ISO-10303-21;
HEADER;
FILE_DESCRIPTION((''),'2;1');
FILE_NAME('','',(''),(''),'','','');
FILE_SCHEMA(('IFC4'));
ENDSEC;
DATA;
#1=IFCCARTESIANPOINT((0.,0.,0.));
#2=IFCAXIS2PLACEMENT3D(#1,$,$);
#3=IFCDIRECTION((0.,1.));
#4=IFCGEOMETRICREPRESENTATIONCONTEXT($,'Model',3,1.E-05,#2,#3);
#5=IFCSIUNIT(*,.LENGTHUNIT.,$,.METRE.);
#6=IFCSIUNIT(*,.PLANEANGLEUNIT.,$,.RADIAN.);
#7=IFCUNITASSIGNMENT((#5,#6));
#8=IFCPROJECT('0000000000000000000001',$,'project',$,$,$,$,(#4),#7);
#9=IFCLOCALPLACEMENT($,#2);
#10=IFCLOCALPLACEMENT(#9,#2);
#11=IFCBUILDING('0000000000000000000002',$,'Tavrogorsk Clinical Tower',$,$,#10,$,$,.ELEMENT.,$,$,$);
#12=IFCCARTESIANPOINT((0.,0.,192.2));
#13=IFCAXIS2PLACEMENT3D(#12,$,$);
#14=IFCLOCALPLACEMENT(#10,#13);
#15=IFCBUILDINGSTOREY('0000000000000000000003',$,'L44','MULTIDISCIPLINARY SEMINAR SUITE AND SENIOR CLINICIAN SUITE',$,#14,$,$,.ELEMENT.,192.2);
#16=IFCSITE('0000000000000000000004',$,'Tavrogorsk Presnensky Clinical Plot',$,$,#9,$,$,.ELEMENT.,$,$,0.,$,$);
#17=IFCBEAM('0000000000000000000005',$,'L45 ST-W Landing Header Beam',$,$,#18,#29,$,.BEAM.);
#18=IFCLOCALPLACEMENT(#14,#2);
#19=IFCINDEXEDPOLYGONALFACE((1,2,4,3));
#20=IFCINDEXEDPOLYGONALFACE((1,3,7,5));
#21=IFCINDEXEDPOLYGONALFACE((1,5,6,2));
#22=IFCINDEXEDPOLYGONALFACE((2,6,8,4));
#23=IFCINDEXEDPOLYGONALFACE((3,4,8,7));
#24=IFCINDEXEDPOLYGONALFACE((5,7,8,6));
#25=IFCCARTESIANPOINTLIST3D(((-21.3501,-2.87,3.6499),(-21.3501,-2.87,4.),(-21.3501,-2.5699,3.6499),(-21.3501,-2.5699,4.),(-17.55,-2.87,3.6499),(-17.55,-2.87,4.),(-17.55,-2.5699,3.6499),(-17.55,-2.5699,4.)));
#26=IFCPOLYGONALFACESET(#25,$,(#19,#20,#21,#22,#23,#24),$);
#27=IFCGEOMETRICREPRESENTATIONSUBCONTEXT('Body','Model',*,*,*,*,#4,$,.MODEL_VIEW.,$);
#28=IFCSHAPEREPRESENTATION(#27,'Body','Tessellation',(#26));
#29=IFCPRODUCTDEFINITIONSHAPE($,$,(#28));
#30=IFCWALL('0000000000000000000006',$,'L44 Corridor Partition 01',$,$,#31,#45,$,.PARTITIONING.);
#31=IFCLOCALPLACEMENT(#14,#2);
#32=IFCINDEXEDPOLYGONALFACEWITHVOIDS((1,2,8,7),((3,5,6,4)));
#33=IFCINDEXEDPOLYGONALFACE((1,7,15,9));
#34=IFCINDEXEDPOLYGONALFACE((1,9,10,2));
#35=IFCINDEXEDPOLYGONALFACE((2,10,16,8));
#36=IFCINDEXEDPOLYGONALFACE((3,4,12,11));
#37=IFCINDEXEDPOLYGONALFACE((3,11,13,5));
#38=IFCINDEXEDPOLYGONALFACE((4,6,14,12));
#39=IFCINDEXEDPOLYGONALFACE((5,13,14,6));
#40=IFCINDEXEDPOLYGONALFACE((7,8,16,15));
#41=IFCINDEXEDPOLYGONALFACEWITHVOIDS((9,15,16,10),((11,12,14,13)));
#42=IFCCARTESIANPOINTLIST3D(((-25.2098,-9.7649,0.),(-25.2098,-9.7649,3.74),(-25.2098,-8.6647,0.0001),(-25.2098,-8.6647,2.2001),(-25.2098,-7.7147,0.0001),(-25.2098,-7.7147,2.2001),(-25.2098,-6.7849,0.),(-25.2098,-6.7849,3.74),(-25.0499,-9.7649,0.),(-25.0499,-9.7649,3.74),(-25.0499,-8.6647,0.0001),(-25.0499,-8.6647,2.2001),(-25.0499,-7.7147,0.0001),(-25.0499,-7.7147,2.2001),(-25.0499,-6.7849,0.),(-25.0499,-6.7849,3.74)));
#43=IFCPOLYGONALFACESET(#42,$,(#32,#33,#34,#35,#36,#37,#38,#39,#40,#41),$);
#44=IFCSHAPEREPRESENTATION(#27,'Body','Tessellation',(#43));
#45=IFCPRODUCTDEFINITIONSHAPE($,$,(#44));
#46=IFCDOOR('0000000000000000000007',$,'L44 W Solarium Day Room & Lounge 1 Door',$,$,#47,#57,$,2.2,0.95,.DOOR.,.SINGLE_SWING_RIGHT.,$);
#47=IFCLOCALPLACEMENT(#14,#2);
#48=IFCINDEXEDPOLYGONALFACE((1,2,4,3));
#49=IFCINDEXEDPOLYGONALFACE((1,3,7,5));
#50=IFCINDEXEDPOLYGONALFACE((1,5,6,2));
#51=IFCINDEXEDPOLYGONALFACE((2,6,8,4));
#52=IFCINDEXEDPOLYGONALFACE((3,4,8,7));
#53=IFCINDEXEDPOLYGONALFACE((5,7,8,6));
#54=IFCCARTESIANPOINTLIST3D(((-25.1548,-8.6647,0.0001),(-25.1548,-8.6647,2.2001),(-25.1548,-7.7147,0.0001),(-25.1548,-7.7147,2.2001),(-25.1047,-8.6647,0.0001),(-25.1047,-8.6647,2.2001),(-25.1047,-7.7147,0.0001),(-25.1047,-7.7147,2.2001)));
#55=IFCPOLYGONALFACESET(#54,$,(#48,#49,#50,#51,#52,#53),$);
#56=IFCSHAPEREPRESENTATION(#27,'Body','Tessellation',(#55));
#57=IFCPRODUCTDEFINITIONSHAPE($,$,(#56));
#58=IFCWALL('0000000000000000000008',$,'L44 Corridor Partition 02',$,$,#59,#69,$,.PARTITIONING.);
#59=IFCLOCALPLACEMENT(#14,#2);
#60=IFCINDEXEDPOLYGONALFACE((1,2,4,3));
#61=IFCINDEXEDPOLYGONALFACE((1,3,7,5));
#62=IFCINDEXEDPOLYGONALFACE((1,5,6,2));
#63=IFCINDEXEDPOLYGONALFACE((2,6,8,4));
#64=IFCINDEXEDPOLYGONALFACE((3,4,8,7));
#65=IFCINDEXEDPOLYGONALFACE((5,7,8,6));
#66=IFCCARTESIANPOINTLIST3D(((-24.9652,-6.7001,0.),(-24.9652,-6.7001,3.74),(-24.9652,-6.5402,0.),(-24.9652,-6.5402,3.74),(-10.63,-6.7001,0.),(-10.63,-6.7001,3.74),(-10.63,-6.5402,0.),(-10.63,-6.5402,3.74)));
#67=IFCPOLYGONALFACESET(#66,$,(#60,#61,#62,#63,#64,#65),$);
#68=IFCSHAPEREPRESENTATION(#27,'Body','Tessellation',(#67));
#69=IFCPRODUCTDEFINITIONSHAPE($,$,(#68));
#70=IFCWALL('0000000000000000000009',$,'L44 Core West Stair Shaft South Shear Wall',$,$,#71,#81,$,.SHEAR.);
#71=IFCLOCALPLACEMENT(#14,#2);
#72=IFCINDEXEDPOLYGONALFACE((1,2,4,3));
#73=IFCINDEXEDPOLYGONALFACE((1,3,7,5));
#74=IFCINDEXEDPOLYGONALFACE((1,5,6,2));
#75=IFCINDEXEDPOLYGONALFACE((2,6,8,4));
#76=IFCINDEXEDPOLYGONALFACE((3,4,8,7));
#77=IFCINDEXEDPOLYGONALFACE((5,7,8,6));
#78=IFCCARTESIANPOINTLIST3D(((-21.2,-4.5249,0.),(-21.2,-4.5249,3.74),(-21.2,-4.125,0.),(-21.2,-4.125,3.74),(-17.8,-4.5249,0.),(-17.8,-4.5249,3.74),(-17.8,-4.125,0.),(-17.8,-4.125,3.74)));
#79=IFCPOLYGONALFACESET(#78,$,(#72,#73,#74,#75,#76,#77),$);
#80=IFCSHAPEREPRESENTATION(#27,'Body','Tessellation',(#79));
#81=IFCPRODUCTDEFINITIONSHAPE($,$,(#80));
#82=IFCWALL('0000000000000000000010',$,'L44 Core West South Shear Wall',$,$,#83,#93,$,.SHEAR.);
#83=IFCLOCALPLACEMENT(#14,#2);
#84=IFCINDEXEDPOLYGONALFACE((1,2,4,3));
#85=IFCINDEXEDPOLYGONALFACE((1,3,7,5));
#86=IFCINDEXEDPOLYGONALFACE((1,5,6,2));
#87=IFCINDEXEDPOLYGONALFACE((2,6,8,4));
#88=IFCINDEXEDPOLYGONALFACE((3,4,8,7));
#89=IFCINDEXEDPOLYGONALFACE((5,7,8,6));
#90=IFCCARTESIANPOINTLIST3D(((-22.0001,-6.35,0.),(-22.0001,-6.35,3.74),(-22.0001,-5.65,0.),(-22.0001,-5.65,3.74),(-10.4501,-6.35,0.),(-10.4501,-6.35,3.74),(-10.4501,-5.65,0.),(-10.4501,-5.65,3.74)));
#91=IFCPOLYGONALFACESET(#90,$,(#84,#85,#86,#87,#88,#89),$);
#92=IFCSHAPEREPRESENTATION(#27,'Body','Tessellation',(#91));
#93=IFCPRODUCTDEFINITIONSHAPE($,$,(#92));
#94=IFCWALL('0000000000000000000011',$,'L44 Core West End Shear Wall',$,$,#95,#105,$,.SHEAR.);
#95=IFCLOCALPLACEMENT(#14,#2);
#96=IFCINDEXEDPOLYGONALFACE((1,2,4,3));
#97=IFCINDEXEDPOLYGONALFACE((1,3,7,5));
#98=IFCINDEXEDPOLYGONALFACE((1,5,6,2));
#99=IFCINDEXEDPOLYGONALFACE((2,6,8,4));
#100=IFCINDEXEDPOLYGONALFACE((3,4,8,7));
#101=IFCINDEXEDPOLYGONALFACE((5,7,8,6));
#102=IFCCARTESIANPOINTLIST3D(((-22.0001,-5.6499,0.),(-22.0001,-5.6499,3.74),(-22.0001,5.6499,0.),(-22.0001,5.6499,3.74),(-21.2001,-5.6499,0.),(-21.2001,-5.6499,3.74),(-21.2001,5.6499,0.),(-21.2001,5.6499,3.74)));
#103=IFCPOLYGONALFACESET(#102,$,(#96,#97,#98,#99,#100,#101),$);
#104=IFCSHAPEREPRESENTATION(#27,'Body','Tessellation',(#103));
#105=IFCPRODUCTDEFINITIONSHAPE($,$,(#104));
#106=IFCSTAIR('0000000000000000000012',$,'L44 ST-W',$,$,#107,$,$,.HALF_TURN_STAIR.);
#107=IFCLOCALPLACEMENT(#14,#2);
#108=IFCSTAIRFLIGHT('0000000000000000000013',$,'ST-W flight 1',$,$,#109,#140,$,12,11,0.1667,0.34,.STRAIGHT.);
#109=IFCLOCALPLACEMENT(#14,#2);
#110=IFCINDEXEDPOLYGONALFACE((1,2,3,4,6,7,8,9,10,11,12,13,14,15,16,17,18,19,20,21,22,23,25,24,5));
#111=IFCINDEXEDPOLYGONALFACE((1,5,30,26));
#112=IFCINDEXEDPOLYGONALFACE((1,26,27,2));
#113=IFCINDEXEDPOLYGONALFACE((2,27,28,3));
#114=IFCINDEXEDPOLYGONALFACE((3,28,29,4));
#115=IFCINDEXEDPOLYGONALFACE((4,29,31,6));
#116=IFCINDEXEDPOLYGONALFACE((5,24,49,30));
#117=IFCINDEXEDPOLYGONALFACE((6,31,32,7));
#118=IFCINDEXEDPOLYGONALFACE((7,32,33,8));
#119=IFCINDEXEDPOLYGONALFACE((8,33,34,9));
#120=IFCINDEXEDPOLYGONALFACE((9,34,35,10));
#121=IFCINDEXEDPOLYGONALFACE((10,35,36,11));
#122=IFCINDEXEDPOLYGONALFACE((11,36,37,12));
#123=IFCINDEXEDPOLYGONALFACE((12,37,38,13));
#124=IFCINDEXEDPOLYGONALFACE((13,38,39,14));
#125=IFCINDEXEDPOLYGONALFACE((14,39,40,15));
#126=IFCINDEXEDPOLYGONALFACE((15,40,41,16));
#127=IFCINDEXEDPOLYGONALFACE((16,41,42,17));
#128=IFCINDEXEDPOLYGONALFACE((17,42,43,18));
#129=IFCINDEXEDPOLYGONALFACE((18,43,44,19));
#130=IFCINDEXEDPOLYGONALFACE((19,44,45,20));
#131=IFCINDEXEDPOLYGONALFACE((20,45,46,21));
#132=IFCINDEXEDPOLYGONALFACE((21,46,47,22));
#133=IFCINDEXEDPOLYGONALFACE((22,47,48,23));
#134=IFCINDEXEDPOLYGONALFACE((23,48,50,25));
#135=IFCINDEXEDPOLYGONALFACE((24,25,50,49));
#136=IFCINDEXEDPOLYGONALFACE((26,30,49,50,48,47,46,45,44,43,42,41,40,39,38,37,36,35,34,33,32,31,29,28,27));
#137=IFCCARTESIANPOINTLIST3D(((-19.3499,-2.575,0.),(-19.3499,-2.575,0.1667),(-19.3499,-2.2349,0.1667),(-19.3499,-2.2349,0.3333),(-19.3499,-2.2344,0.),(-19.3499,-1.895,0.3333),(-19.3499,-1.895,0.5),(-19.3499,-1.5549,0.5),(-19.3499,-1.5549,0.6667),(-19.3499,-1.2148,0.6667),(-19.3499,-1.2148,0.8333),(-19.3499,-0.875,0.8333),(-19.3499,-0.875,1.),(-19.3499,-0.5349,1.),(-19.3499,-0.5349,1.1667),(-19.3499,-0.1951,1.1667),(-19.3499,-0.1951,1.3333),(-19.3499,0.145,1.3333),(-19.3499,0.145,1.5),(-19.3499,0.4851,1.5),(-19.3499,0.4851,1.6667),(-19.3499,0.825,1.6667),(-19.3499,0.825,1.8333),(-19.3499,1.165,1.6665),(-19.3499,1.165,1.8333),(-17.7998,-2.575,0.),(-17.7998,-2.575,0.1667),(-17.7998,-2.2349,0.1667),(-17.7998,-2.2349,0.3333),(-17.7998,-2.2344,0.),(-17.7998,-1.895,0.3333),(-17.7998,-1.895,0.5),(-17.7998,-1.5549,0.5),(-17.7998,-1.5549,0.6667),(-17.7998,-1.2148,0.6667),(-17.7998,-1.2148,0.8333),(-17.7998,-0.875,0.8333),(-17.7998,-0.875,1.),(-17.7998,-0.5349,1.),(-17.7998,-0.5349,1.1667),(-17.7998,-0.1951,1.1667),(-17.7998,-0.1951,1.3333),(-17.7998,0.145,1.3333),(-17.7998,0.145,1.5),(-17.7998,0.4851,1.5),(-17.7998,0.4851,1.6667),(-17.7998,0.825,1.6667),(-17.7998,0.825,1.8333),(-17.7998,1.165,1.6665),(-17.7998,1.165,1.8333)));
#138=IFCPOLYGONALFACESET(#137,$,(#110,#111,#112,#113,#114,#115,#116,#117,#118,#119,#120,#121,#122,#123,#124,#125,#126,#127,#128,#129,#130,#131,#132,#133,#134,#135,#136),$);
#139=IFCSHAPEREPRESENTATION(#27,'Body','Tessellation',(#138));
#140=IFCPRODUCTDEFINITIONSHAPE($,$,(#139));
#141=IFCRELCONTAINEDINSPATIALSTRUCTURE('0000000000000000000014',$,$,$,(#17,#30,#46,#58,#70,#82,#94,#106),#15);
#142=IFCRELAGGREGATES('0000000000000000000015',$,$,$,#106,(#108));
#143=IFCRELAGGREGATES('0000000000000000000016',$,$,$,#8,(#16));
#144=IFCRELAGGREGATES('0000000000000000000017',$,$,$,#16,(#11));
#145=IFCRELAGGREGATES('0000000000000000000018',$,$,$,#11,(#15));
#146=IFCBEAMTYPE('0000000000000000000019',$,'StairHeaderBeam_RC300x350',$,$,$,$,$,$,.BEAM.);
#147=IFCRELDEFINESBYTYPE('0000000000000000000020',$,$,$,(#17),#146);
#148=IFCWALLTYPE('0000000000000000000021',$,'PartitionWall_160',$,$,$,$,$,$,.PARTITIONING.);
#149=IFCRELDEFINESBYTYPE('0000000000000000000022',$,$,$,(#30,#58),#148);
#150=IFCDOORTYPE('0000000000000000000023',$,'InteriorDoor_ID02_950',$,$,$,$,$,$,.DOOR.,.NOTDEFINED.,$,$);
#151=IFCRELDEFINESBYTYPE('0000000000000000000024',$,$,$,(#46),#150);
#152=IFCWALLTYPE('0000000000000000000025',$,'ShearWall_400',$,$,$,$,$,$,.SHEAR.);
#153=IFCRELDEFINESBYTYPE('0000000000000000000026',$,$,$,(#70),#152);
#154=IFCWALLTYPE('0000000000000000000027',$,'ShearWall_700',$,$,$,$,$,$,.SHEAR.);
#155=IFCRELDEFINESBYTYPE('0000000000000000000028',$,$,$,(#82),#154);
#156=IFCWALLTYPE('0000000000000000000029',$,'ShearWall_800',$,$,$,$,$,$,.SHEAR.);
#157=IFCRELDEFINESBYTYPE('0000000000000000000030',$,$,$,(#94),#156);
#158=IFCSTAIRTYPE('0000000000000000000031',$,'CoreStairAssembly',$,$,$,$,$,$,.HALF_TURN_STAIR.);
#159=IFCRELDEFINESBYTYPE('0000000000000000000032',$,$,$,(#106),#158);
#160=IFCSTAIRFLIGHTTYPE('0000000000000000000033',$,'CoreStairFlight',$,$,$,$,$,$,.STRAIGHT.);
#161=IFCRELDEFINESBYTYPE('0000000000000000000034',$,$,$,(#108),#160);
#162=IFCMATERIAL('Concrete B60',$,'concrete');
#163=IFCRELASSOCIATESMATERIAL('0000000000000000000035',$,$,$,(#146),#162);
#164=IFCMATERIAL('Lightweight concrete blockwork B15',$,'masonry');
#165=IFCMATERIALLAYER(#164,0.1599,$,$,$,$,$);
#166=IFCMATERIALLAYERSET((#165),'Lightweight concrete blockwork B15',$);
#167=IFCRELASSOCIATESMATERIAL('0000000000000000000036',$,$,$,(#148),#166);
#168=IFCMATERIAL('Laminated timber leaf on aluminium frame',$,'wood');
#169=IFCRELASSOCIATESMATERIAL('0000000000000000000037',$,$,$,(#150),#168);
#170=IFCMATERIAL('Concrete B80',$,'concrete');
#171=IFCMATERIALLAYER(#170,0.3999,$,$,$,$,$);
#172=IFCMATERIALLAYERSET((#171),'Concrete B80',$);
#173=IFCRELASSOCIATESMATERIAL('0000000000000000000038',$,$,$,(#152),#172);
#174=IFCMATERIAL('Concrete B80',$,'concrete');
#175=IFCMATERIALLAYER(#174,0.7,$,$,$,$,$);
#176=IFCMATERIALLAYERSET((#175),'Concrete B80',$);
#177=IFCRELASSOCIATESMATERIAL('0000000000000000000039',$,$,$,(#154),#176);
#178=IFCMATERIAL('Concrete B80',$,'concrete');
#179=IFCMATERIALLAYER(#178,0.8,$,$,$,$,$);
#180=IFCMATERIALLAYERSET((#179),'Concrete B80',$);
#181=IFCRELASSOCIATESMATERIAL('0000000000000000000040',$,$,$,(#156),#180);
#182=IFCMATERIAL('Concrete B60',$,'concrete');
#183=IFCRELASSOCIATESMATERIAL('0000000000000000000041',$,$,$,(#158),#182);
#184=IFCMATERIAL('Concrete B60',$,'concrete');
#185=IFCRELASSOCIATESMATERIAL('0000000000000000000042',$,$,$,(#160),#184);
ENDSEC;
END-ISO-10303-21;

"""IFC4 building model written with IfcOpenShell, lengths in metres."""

from ifc_helpers import new_model, si_unit, direction, frame, frame_2d, origin, origin_2d, place, context, subcontext, project, spatial, polyline, rectangle, outline, extrude, material, layer, layer_set, material_profile, profile_set, type_object, element, fill, aggregate, save


model = new_model("IFC4")

# Units and contexts
model_context = context("Model", 3, precision=1e-05, world=origin(), true_north=direction((0.0, 1.0)))
body_context = subcontext(model_context, "Body", "Model", "MODEL_VIEW")
ifc_project = project(units=[si_unit("LENGTHUNIT", "METRE"), si_unit("PLANEANGLEUNIT", "RADIAN")], contexts=[model_context])

# Site, building, storey
site_placement = place(None, origin())
site = spatial("IfcSite", under=ifc_project, at=site_placement, Name="Tavrogorsk Presnensky Clinical Plot", CompositionType="ELEMENT", RefElevation=0.0)
building_placement = place(site_placement, origin())
building = spatial("IfcBuilding", under=site, at=building_placement, Name="Tavrogorsk Clinical Tower", CompositionType="ELEMENT")
storey_placement = place(building_placement, frame((0.0, 0.0, 192.2)))
storey = spatial("IfcBuildingStorey", under=building, at=storey_placement, Name="L44", Description="MULTIDISCIPLINARY SEMINAR SUITE AND SENIOR CLINICIAN SUITE", CompositionType="ELEMENT", Elevation=192.2)

# Beam
ifc_material_1 = material(Name="Concrete B60", Category="concrete")
ifc_material_profile_1 = material_profile(ifc_material_1, rectangle(XDim=0.3, YDim=0.3501, at=origin_2d()), Name="RC-SHB-300x350")
ifc_profile_set_1 = profile_set([ifc_material_profile_1], Name="Concrete B60")
beam_type_1 = type_object("IfcBeamType", Name="StairHeaderBeam_RC300x350", PredefinedType="BEAM", material=ifc_profile_set_1)
beam_1_placement = place(storey_placement, frame((-21.3501, -2.72, 3.825), z_axis=(1.0, 0.0, 0.0), x_axis=(0.0, 1.0, 0.0)))
element("IfcBeam", 1, at=beam_1_placement, inside=storey, type_object=beam_type_1, Name="L45 ST-W Landing Header Beam", PredefinedType="BEAM", context=body_context, shape_type="SweptSolid", body=[
    extrude(rectangle(XDim=0.3, YDim=0.3501, at=origin_2d()), origin(), (0.0, 0.0, 1.0), 3.8),
])

# Wall, opening, door
ifc_material_2 = material(Name="Lightweight concrete blockwork B15", Category="masonry")
ifc_layer_1 = layer(ifc_material_2, 0.1599)
ifc_layer_set_1 = layer_set([ifc_layer_1], Name="Lightweight concrete blockwork B15")
wall_type_1 = type_object("IfcWallType", Name="PartitionWall_160", PredefinedType="PARTITIONING", material=ifc_layer_set_1)
wall_1_placement = place(storey_placement, frame((-25.1299, -9.7649, 0.0), z_axis=(0.0, 0.0, 1.0), x_axis=(0.0, 1.0, 0.0)))
wall_1 = element("IfcWall", 2, at=wall_1_placement, inside=storey, type_object=wall_type_1, Name="L44 Corridor Partition 01", PredefinedType="PARTITIONING", context=body_context, shape_type="SweptSolid", body=[
    extrude(rectangle(XDim=2.98, YDim=0.1599, at=frame_2d((1.49, 0.0))), origin(), (0.0, 0.0, 1.0), 3.74),
])
opening_placement = place(wall_1_placement, frame((1.1001, 0.0, 0.0)))
opening = element("IfcOpeningElement", 3, at=opening_placement, cuts=wall_1, PredefinedType="OPENING", context=body_context, shape_type="SweptSolid", body=[
    extrude(rectangle(XDim=0.95, YDim=2.2, at=frame_2d((0.4751, 1.1001))), frame((0.0, 0.0898, 0.0), z_axis=(0.0, -1.0, 0.0), x_axis=(1.0, 0.0, 0.0)), (0.0, 0.0, 1.0), 0.1799),
])
ifc_material_3 = material(Name="Laminated timber leaf on aluminium frame", Category="wood")
door_type = type_object("IfcDoorType", Name="InteriorDoor_ID02_950", OperationType="NOTDEFINED", PredefinedType="DOOR", material=ifc_material_3)
door_placement = place(opening_placement, origin())
door = element("IfcDoor", 4, at=door_placement, inside=storey, type_object=door_type, Name="L44 W Solarium Day Room & Lounge 1 Door", OperationType="SINGLE_SWING_RIGHT", OverallHeight=2.2, OverallWidth=0.95, PredefinedType="DOOR", context=body_context, shape_type="SweptSolid", body=[
    extrude(rectangle(XDim=0.95, YDim=2.2, at=frame_2d((0.4751, 1.1001))), frame((0.0, 0.0249, 0.0), z_axis=(0.0, -1.0, 0.0), x_axis=(1.0, 0.0, 0.0)), (0.0, 0.0, 1.0), 0.05),
])
fill(opening, door)

# Walls
wall_2_placement = place(storey_placement, frame((-24.9651, -6.6201, 0.0), z_axis=(0.0, 0.0, 1.0), x_axis=(1.0, 0.0, 0.0)))
element("IfcWall", 5, at=wall_2_placement, inside=storey, type_object=wall_type_1, Name="L44 Corridor Partition 02", PredefinedType="PARTITIONING", context=body_context, shape_type="SweptSolid", body=[
    extrude(rectangle(XDim=14.3352, YDim=0.1599, at=frame_2d((7.1675, 0.0))), origin(), (0.0, 0.0, 1.0), 3.74),
])
ifc_material_4 = material(Name="Concrete B80", Category="concrete")
ifc_layer_2 = layer(ifc_material_4, 0.3999)
ifc_layer_set_2 = layer_set([ifc_layer_2], Name="Concrete B80")
wall_type_2 = type_object("IfcWallType", Name="ShearWall_400", PredefinedType="SHEAR", material=ifc_layer_set_2)
wall_3_placement = place(storey_placement, frame((-21.2, -4.325, 0.0), z_axis=(0.0, 0.0, 1.0), x_axis=(1.0, 0.0, 0.0)))
element("IfcWall", 6, at=wall_3_placement, inside=storey, type_object=wall_type_2, Name="L44 Core West Stair Shaft South Shear Wall", PredefinedType="SHEAR", context=body_context, shape_type="SweptSolid", body=[
    extrude(rectangle(XDim=3.3999, YDim=0.3999, at=frame_2d((1.7, 0.0))), origin(), (0.0, 0.0, 1.0), 3.74),
])
ifc_material_5 = material(Name="Concrete B80", Category="concrete")
ifc_layer_3 = layer(ifc_material_5, 0.7)
ifc_layer_set_3 = layer_set([ifc_layer_3], Name="Concrete B80")
wall_type_3 = type_object("IfcWallType", Name="ShearWall_700", PredefinedType="SHEAR", material=ifc_layer_set_3)
wall_4_placement = place(storey_placement, frame((-22.0, -6.0, 0.0), z_axis=(0.0, 0.0, 1.0), x_axis=(1.0, 0.0, 0.0)))
element("IfcWall", 7, at=wall_4_placement, inside=storey, type_object=wall_type_3, Name="L44 Core West South Shear Wall", PredefinedType="SHEAR", context=body_context, shape_type="SweptSolid", body=[
    extrude(rectangle(XDim=11.55, YDim=0.7, at=frame_2d((5.7749, 0.0))), origin(), (0.0, 0.0, 1.0), 3.74),
])
ifc_material_6 = material(Name="Concrete B80", Category="concrete")
ifc_layer_4 = layer(ifc_material_6, 0.8)
ifc_layer_set_4 = layer_set([ifc_layer_4], Name="Concrete B80")
wall_type_4 = type_object("IfcWallType", Name="ShearWall_800", PredefinedType="SHEAR", material=ifc_layer_set_4)
wall_5_placement = place(storey_placement, frame((-21.6001, -5.6499, 0.0), z_axis=(0.0, 0.0, 1.0), x_axis=(0.0, 1.0, 0.0)))
element("IfcWall", 8, at=wall_5_placement, inside=storey, type_object=wall_type_4, Name="L44 Core West End Shear Wall", PredefinedType="SHEAR", context=body_context, shape_type="SweptSolid", body=[
    extrude(rectangle(XDim=11.2998, YDim=0.8, at=frame_2d((5.6499, 0.0))), origin(), (0.0, 0.0, 1.0), 3.74),
])

# Stair, stair flight
ifc_material_7 = material(Name="Concrete B60", Category="concrete")
stair_type = type_object("IfcStairType", Name="CoreStairAssembly", PredefinedType="HALF_TURN_STAIR", material=ifc_material_7)
stair_placement = place(storey_placement, origin())
stair = element("IfcStair", 9, at=stair_placement, inside=storey, type_object=stair_type, Name="L44 ST-W", PredefinedType="HALF_TURN_STAIR")
ifc_material_8 = material(Name="Concrete B60", Category="concrete")
stair_flight_type = type_object("IfcStairFlightType", Name="CoreStairFlight", PredefinedType="STRAIGHT", material=ifc_material_8)
stair_flight_placement = place(storey_placement, frame((-18.575, -2.575, 0.0), z_axis=(0.0, 0.0, 1.0), x_axis=(0.0, 1.0, 0.0)))
stair_flight = element("IfcStairFlight", 10, at=stair_flight_placement, type_object=stair_flight_type, Name="ST-W flight 1", NumberOfRisers=12, NumberOfTreads=11, PredefinedType="STRAIGHT", RiserHeight=0.1667, TreadLength=0.34, context=body_context, shape_type="SweptSolid", body=[
    extrude(outline(polyline([(0.0, 0.0), (0.0, 0.1667), (0.3401, 0.1667), (0.3401, 0.3333), (0.6799, 0.3333), (0.6799, 0.5), (1.02, 0.5), (1.02, 0.6667), (1.3601, 0.6667), (1.3601, 0.8333), (1.7, 0.8333), (1.7, 1.0), (2.04, 1.0), (2.04, 1.1667), (2.3799, 1.1667), (2.3799, 1.3333), (2.72, 1.3333), (2.72, 1.5), (3.0601, 1.5), (3.0601, 1.6667), (3.3999, 1.6667), (3.3999, 1.8333), (3.74, 1.8333), (3.74, 2.0), (3.74, 1.6665), (0.3406, 0.0), (0.0, 0.0)])), frame((0.0, 0.7749, 0.0), z_axis=(0.0, -1.0, 0.0), x_axis=(1.0, 0.0, 0.0)), (0.0, 0.0, 1.0), 1.55),
])
aggregate(stair, [stair_flight])

save(model, "model.ifc")
